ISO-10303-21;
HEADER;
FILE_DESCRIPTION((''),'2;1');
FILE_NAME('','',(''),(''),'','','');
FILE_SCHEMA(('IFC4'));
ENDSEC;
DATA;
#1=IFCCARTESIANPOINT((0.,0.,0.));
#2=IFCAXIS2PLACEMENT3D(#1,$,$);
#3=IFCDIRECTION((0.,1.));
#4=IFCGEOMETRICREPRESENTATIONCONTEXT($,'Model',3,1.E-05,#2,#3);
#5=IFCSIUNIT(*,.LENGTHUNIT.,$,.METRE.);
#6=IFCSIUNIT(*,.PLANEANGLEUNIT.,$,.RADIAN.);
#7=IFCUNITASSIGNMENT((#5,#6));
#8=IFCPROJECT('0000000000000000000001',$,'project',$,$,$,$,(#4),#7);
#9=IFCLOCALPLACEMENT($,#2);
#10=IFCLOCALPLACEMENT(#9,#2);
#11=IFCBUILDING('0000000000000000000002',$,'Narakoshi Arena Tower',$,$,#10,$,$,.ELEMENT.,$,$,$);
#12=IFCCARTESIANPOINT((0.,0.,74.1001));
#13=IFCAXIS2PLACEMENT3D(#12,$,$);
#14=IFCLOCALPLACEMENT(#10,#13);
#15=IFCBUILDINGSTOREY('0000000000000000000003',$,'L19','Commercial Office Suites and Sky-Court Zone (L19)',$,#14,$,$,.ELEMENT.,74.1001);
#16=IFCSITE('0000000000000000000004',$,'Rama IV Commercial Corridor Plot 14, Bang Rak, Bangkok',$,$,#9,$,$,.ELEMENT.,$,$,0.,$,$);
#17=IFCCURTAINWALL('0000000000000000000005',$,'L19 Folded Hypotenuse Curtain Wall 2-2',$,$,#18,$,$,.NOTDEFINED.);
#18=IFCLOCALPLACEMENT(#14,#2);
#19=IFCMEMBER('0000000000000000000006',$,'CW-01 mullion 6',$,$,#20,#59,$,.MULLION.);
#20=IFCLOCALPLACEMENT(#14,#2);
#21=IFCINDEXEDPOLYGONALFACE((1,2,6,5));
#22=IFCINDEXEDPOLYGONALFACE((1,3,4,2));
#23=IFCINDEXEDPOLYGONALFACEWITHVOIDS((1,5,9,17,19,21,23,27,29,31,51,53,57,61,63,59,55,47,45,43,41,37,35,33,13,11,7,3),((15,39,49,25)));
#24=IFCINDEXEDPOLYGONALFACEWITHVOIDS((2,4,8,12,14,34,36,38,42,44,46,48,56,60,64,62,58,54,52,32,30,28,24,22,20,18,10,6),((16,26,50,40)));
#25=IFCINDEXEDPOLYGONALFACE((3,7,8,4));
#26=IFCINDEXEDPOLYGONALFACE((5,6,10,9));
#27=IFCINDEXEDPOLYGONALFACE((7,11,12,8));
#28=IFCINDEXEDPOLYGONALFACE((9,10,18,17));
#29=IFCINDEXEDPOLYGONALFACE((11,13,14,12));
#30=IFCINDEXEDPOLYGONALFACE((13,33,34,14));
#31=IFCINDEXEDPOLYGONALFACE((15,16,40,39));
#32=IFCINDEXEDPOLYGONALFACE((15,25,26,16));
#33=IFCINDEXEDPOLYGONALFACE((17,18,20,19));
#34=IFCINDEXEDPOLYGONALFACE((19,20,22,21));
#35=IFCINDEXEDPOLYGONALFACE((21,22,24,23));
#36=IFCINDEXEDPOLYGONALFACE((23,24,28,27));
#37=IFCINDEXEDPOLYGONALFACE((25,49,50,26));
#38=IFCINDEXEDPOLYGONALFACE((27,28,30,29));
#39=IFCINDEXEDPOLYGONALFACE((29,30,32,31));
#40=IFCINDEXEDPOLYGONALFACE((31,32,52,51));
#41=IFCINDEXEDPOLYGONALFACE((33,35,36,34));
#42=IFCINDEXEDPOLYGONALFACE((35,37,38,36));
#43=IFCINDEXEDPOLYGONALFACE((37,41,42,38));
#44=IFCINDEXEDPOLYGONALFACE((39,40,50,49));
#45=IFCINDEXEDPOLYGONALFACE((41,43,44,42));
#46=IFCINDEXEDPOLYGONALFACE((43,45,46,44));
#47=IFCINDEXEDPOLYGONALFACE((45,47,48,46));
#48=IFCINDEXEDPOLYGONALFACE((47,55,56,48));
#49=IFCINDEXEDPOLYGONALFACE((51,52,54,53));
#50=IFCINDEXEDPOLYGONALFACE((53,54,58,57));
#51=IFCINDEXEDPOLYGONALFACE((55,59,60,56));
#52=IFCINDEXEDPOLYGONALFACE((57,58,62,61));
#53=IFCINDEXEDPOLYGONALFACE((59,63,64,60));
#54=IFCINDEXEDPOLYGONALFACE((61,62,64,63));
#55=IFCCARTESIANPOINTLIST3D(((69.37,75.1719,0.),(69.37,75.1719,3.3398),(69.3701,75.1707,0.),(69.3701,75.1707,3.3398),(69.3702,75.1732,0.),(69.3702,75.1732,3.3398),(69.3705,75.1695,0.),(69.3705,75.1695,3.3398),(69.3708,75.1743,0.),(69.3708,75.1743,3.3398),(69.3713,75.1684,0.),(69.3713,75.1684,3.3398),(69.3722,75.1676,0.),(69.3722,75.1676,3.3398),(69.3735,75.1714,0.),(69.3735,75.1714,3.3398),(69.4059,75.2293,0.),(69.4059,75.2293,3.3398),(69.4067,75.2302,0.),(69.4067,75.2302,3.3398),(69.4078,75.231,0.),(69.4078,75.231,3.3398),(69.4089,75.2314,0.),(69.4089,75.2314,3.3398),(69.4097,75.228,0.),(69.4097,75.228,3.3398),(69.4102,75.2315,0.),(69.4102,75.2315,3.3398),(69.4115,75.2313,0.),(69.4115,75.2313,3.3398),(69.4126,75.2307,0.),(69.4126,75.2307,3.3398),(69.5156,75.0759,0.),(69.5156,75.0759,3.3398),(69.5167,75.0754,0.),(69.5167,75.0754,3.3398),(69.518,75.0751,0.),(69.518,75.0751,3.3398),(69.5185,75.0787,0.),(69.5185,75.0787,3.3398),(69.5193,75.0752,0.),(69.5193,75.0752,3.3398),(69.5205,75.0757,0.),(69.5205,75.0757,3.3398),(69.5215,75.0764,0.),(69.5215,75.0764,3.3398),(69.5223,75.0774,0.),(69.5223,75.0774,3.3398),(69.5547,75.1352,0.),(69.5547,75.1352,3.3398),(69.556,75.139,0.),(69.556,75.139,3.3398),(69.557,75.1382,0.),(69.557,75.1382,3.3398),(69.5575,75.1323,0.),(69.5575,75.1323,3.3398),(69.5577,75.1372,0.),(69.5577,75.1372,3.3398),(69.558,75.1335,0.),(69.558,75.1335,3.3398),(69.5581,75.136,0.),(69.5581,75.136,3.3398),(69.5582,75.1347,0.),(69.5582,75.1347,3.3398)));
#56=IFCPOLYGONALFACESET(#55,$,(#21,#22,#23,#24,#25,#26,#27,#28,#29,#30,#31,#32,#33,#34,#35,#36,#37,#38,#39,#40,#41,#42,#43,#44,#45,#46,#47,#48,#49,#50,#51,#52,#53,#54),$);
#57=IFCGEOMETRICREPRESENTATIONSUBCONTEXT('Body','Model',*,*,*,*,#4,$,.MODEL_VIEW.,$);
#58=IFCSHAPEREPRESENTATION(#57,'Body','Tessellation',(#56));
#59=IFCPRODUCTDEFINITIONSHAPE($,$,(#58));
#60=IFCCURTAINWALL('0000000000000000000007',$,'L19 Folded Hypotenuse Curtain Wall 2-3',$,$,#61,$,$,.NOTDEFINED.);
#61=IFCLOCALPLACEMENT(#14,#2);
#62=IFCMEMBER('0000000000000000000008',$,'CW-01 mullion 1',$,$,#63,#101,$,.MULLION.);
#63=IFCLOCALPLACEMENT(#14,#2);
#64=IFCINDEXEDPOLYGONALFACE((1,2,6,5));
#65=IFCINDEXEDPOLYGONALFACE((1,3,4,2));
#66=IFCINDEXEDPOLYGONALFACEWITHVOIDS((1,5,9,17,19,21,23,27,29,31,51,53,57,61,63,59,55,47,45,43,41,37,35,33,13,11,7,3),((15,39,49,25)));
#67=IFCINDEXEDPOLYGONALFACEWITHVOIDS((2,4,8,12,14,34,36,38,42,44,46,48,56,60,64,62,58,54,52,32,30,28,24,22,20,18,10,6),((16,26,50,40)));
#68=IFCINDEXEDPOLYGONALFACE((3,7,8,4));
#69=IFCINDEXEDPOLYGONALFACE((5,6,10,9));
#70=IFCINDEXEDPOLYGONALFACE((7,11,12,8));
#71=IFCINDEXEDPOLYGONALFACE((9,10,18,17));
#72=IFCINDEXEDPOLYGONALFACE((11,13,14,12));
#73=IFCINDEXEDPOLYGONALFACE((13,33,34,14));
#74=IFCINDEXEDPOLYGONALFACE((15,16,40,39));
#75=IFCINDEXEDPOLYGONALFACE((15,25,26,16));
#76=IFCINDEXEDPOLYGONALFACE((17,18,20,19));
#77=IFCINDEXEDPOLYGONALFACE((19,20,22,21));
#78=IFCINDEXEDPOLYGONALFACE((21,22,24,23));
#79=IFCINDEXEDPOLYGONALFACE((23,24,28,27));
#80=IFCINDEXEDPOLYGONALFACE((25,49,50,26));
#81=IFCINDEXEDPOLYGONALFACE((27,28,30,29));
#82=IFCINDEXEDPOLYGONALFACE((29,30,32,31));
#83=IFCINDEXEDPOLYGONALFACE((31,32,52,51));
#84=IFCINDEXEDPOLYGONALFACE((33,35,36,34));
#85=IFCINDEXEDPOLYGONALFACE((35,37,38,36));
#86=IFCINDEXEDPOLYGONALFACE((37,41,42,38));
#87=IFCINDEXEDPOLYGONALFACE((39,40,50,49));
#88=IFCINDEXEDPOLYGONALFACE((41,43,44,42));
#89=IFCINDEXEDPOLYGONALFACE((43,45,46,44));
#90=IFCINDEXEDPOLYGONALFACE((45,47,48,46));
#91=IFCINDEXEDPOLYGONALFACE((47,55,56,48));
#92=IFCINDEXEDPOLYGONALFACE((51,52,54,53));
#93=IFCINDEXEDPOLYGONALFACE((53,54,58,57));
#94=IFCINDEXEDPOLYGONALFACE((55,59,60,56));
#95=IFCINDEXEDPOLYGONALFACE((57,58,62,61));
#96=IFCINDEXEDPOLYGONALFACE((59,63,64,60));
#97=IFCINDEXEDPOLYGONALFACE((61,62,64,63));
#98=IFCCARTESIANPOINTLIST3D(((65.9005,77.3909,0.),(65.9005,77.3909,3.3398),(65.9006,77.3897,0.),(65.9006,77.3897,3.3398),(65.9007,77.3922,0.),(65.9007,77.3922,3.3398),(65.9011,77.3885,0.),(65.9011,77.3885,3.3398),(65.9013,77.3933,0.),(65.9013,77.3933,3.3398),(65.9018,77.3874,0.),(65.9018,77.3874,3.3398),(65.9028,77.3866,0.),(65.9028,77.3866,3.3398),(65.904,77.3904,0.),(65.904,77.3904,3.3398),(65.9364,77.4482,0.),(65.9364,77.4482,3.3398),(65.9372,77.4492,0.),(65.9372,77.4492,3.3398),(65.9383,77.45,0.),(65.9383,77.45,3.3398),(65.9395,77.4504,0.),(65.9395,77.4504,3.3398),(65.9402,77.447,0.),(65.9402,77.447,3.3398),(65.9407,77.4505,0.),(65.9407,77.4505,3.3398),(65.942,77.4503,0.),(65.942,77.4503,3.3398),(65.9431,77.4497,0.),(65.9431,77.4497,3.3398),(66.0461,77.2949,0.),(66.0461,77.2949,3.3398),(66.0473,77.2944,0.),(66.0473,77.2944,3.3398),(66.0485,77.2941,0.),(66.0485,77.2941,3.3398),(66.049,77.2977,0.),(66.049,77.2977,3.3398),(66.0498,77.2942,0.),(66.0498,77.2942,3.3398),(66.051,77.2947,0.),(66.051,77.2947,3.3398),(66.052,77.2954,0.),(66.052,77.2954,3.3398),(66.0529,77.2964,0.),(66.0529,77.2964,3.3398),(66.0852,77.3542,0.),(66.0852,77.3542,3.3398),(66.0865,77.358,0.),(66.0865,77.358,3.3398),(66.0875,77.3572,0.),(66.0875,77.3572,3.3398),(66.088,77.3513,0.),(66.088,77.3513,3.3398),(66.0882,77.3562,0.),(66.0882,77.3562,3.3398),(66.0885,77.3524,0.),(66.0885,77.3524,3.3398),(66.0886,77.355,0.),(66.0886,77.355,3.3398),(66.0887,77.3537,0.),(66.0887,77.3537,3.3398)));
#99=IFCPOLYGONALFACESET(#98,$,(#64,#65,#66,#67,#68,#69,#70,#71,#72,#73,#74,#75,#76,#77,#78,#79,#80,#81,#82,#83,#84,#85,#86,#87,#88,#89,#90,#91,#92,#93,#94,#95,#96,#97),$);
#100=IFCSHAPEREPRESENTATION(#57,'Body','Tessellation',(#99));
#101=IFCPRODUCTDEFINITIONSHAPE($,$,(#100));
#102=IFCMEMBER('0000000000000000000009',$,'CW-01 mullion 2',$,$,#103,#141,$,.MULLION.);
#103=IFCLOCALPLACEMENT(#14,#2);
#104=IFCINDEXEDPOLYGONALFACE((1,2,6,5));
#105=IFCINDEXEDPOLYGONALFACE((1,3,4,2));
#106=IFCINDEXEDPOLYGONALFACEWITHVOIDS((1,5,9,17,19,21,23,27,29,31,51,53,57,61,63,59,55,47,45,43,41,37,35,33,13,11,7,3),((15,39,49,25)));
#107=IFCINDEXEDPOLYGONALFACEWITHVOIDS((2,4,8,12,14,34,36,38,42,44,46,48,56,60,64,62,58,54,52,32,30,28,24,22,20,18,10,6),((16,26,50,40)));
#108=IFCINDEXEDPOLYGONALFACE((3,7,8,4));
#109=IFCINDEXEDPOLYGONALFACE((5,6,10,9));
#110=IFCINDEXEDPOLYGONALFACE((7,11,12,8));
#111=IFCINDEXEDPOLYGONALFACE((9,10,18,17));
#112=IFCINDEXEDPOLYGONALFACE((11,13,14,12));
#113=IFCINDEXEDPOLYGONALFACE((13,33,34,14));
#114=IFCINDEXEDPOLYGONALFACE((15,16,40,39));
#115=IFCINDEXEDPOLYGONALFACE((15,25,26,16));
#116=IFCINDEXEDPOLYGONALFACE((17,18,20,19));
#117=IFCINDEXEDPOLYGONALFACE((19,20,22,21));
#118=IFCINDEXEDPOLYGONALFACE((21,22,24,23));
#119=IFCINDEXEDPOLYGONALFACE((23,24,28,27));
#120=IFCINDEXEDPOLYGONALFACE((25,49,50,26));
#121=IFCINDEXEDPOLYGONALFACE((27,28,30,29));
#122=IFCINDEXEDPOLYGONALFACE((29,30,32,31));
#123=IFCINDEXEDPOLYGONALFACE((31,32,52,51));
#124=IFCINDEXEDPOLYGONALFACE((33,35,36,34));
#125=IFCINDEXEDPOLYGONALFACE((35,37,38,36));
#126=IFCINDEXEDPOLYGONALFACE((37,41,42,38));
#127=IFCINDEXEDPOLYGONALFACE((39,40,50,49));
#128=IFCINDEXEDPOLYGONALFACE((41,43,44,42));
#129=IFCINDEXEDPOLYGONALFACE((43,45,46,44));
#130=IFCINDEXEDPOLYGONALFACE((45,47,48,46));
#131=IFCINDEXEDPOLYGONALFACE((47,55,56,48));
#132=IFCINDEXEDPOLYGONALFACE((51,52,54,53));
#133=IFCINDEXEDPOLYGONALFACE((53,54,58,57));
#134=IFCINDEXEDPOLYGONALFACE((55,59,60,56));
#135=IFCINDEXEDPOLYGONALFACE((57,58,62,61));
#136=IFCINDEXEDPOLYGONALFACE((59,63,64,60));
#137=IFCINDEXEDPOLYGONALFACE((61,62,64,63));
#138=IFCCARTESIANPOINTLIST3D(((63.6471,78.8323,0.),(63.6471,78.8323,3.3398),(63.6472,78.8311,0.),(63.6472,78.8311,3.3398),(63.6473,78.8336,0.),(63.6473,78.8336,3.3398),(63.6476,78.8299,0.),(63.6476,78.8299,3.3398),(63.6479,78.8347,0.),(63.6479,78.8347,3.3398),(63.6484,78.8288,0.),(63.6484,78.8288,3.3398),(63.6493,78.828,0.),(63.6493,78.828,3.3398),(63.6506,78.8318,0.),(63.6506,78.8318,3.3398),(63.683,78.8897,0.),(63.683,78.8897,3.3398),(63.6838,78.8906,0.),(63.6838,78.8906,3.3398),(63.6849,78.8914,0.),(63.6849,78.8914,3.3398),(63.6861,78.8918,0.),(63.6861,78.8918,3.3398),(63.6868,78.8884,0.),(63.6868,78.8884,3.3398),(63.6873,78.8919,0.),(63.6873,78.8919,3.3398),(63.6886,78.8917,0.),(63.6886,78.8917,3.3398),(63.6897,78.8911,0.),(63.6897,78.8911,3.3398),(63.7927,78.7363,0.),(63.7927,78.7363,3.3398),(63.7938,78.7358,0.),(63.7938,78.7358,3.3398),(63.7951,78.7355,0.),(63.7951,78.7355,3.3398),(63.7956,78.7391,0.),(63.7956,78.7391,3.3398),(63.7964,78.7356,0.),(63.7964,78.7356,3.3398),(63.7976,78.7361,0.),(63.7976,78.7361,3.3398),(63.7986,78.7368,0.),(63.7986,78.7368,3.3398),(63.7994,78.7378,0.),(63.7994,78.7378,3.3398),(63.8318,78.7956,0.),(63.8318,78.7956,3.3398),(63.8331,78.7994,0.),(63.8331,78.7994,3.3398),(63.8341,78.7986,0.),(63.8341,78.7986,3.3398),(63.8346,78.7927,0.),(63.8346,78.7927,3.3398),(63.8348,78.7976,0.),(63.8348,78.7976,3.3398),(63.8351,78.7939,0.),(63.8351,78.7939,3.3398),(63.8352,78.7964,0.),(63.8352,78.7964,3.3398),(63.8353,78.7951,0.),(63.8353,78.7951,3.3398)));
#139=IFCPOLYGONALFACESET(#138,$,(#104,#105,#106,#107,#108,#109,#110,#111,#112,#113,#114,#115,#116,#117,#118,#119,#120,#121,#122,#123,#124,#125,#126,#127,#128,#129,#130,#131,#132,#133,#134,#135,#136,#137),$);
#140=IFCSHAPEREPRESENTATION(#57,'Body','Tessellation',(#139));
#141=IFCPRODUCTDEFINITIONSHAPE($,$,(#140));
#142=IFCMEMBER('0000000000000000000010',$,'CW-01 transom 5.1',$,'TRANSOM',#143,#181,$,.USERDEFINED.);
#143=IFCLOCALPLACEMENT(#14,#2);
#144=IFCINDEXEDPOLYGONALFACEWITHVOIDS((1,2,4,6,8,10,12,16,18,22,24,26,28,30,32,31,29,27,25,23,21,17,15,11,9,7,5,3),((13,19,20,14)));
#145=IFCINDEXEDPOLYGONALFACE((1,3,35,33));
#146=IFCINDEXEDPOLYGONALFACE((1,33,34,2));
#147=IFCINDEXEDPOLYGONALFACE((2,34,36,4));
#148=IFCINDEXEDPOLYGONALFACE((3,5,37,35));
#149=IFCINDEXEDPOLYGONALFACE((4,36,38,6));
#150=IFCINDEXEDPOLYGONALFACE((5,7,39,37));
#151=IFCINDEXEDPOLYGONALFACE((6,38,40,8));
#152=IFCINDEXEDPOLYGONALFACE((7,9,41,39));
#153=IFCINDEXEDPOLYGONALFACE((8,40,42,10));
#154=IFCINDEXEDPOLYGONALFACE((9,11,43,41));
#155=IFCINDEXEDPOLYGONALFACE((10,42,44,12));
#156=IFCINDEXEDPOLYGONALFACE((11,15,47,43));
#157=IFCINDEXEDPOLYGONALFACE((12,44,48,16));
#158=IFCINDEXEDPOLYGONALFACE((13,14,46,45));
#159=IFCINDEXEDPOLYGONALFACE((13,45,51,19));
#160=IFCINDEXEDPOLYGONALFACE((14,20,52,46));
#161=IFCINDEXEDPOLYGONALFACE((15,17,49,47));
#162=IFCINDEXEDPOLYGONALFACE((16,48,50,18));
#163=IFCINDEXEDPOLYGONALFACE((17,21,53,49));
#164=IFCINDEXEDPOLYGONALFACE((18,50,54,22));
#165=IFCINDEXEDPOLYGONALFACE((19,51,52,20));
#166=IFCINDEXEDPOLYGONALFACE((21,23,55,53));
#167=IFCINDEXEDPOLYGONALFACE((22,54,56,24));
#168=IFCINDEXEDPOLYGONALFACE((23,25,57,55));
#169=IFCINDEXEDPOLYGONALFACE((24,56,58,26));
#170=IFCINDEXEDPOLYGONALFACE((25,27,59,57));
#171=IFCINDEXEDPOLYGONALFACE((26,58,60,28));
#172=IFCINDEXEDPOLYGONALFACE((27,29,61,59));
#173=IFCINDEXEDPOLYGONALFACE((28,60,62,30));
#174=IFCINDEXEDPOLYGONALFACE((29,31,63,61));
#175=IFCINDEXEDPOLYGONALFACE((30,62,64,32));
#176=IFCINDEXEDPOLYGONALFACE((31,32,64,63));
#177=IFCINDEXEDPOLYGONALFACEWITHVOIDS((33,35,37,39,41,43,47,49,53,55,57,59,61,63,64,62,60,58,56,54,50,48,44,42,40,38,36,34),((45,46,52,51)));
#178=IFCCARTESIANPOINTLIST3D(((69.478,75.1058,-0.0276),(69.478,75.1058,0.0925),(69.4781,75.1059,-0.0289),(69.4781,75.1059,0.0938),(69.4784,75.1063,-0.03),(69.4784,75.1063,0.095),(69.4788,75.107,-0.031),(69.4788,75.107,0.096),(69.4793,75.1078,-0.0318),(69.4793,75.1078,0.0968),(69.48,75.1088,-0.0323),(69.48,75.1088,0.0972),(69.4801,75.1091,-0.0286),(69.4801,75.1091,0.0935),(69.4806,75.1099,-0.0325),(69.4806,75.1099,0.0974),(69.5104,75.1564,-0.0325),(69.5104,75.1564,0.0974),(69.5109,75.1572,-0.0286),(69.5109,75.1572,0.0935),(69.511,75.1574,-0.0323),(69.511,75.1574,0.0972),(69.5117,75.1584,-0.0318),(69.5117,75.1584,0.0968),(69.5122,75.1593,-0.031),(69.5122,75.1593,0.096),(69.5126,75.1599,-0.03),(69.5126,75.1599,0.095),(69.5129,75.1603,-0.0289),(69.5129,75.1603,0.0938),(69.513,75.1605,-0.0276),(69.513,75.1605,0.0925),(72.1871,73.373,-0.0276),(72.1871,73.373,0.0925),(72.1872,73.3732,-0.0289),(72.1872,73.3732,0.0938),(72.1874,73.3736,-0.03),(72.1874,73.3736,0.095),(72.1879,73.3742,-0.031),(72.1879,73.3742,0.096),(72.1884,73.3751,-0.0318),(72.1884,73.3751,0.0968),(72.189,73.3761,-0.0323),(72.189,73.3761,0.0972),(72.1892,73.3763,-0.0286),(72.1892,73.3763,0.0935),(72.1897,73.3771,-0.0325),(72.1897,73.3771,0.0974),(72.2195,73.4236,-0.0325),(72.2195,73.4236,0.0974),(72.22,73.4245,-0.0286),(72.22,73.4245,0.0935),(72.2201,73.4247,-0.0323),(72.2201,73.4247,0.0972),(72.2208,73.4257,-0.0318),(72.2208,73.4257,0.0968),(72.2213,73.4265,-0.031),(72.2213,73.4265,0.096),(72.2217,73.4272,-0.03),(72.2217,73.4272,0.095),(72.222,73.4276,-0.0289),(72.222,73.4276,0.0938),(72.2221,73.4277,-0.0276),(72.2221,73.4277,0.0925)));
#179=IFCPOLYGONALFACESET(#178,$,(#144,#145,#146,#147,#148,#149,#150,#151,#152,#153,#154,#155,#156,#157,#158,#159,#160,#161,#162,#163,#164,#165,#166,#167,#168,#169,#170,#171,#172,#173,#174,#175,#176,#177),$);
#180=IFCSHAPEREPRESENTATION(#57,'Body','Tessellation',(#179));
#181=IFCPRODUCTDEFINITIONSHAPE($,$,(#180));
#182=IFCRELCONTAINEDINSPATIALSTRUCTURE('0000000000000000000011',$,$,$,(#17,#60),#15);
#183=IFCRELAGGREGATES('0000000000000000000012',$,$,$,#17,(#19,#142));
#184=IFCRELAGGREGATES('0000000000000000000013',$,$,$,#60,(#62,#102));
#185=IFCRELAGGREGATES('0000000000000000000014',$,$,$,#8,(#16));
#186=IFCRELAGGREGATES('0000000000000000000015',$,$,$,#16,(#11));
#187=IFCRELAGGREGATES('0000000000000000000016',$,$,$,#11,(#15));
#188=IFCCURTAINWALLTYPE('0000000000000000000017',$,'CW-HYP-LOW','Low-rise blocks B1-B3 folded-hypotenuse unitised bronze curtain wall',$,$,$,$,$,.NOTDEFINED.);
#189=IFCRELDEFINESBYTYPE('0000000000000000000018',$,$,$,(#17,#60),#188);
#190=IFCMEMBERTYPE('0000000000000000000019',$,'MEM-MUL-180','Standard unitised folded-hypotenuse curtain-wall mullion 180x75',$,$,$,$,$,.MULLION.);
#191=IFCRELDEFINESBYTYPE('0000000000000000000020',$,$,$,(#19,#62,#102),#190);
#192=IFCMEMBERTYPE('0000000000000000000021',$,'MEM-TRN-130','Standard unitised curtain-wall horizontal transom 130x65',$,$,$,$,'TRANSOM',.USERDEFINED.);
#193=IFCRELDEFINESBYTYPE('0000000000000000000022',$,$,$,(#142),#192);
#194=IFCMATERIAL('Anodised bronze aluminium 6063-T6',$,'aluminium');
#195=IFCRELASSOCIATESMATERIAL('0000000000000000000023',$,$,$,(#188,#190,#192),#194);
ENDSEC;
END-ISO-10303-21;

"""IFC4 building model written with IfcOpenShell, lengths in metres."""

from ifc_helpers import new_model, si_unit, direction, frame, origin, origin_2d, place, context, subcontext, project, spatial, hollow_rectangle, extrude, material, material_profile, profile_set, type_object, element, aggregate, save


model = new_model("IFC4")

# Units and contexts
model_context = context("Model", 3, precision=1e-05, world=origin(), true_north=direction((0.0, 1.0)))
body_context = subcontext(model_context, "Body", "Model", "MODEL_VIEW")
ifc_project = project(units=[si_unit("LENGTHUNIT", "METRE"), si_unit("PLANEANGLEUNIT", "RADIAN")], contexts=[model_context])

# Site, building, storey
site_placement = place(None, origin())
site = spatial("IfcSite", under=ifc_project, at=site_placement, Name="Rama IV Commercial Corridor Plot 14, Bang Rak, Bangkok", CompositionType="ELEMENT", RefElevation=0.0)
building_placement = place(site_placement, origin())
building = spatial("IfcBuilding", under=site, at=building_placement, Name="Narakoshi Arena Tower", CompositionType="ELEMENT")
storey_placement = place(building_placement, frame((0.0, 0.0, 74.1001)))
storey = spatial("IfcBuildingStorey", under=building, at=storey_placement, Name="L19", Description="Commercial Office Suites and Sky-Court Zone (L19)", CompositionType="ELEMENT", Elevation=74.1001)

# Curtain walls, members
ifc_material_1 = material(Name="Anodised bronze aluminium 6063-T6", Category="aluminium")
curtain_wall_type = type_object("IfcCurtainWallType", Name="CW-HYP-LOW", Description="Low-rise blocks B1-B3 folded-hypotenuse unitised bronze curtain wall", PredefinedType="NOTDEFINED", material=ifc_material_1)
curtain_wall_1_placement = place(storey_placement, origin())
curtain_wall_1 = element("IfcCurtainWall", 1, at=curtain_wall_1_placement, inside=storey, type_object=curtain_wall_type, Name="L19 Folded Hypotenuse Curtain Wall 2-2", PredefinedType="NOTDEFINED")
ifc_material_profile_1 = material_profile(ifc_material_1, hollow_rectangle(XDim=0.075, YDim=0.1799, WallThickness=0.0039, OuterFilletRadius=0.0049, at=origin_2d()), Name="MUL180x75x4")
ifc_profile_set_1 = profile_set([ifc_material_profile_1], Name="Anodised bronze aluminium 6063-T6")
member_type_1 = type_object("IfcMemberType", Name="MEM-MUL-180", Description="Standard unitised folded-hypotenuse curtain-wall mullion 180x75", PredefinedType="MULLION", material=ifc_profile_set_1)
member_1_placement = place(storey_placement, frame((69.4641, 75.1533, 0.0), z_axis=(0.0, 0.0, 1.0), x_axis=(-0.538829, -0.842415, 0.0)))
member_1 = element("IfcMember", 2, at=member_1_placement, type_object=member_type_1, Name="CW-01 mullion 6", PredefinedType="MULLION", context=body_context, shape_type="SweptSolid", body=[
    extrude(hollow_rectangle(XDim=0.075, YDim=0.1799, WallThickness=0.0039, OuterFilletRadius=0.0049, at=origin_2d()), origin(), (0.0, 0.0, 1.0), 3.3398),
])
curtain_wall_2_placement = place(storey_placement, origin())
curtain_wall_2 = element("IfcCurtainWall", 3, at=curtain_wall_2_placement, inside=storey, type_object=curtain_wall_type, Name="L19 Folded Hypotenuse Curtain Wall 2-3", PredefinedType="NOTDEFINED")
member_2_placement = place(storey_placement, frame((65.9946, 77.3723, 0.0), z_axis=(0.0, 0.0, 1.0), x_axis=(-0.538841, -0.842407, 0.0)))
member_2 = element("IfcMember", 4, at=member_2_placement, type_object=member_type_1, Name="CW-01 mullion 1", PredefinedType="MULLION", context=body_context, shape_type="SweptSolid", body=[
    extrude(hollow_rectangle(XDim=0.075, YDim=0.1799, WallThickness=0.0039, OuterFilletRadius=0.0049, at=origin_2d()), origin(), (0.0, 0.0, 1.0), 3.3398),
])
member_3_placement = place(storey_placement, frame((63.7412, 78.8137, 0.0), z_axis=(0.0, 0.0, 1.0), x_axis=(-0.538841, -0.842407, 0.0)))
member_3 = element("IfcMember", 5, at=member_3_placement, type_object=member_type_1, Name="CW-01 mullion 2", PredefinedType="MULLION", context=body_context, shape_type="SweptSolid", body=[
    extrude(hollow_rectangle(XDim=0.075, YDim=0.1799, WallThickness=0.0039, OuterFilletRadius=0.0049, at=origin_2d()), origin(), (0.0, 0.0, 1.0), 3.3398),
])

# Member
ifc_material_profile_2 = material_profile(ifc_material_1, hollow_rectangle(XDim=0.0649, YDim=0.1299, WallThickness=0.0039, OuterFilletRadius=0.0049, at=origin_2d()), Name="TRN130x65x4")
ifc_profile_set_2 = profile_set([ifc_material_profile_2], Name="Anodised bronze aluminium 6063-T6")
member_type_2 = type_object("IfcMemberType", Name="MEM-TRN-130", Description="Standard unitised curtain-wall horizontal transom 130x65", ElementType="TRANSOM", PredefinedType="USERDEFINED", material=ifc_profile_set_2)
member_4_placement = place(storey_placement, frame((72.2046, 73.4004, 0.0325), z_axis=(-0.842424, 0.538815, 0.0), x_axis=(-0.538815, -0.842424, 0.0)))
member_4 = element("IfcMember", 6, at=member_4_placement, type_object=member_type_2, Name="CW-01 transom 5.1", ObjectType="TRANSOM", PredefinedType="USERDEFINED", context=body_context, shape_type="SweptSolid", body=[
    extrude(hollow_rectangle(XDim=0.0649, YDim=0.1299, WallThickness=0.0039, OuterFilletRadius=0.0049, at=origin_2d()), origin(), (0.0, 0.0, 1.0), 3.2158),
])

aggregate(curtain_wall_1, [member_1, member_4])
aggregate(curtain_wall_2, [member_2, member_3])

save(model, "model.ifc")
